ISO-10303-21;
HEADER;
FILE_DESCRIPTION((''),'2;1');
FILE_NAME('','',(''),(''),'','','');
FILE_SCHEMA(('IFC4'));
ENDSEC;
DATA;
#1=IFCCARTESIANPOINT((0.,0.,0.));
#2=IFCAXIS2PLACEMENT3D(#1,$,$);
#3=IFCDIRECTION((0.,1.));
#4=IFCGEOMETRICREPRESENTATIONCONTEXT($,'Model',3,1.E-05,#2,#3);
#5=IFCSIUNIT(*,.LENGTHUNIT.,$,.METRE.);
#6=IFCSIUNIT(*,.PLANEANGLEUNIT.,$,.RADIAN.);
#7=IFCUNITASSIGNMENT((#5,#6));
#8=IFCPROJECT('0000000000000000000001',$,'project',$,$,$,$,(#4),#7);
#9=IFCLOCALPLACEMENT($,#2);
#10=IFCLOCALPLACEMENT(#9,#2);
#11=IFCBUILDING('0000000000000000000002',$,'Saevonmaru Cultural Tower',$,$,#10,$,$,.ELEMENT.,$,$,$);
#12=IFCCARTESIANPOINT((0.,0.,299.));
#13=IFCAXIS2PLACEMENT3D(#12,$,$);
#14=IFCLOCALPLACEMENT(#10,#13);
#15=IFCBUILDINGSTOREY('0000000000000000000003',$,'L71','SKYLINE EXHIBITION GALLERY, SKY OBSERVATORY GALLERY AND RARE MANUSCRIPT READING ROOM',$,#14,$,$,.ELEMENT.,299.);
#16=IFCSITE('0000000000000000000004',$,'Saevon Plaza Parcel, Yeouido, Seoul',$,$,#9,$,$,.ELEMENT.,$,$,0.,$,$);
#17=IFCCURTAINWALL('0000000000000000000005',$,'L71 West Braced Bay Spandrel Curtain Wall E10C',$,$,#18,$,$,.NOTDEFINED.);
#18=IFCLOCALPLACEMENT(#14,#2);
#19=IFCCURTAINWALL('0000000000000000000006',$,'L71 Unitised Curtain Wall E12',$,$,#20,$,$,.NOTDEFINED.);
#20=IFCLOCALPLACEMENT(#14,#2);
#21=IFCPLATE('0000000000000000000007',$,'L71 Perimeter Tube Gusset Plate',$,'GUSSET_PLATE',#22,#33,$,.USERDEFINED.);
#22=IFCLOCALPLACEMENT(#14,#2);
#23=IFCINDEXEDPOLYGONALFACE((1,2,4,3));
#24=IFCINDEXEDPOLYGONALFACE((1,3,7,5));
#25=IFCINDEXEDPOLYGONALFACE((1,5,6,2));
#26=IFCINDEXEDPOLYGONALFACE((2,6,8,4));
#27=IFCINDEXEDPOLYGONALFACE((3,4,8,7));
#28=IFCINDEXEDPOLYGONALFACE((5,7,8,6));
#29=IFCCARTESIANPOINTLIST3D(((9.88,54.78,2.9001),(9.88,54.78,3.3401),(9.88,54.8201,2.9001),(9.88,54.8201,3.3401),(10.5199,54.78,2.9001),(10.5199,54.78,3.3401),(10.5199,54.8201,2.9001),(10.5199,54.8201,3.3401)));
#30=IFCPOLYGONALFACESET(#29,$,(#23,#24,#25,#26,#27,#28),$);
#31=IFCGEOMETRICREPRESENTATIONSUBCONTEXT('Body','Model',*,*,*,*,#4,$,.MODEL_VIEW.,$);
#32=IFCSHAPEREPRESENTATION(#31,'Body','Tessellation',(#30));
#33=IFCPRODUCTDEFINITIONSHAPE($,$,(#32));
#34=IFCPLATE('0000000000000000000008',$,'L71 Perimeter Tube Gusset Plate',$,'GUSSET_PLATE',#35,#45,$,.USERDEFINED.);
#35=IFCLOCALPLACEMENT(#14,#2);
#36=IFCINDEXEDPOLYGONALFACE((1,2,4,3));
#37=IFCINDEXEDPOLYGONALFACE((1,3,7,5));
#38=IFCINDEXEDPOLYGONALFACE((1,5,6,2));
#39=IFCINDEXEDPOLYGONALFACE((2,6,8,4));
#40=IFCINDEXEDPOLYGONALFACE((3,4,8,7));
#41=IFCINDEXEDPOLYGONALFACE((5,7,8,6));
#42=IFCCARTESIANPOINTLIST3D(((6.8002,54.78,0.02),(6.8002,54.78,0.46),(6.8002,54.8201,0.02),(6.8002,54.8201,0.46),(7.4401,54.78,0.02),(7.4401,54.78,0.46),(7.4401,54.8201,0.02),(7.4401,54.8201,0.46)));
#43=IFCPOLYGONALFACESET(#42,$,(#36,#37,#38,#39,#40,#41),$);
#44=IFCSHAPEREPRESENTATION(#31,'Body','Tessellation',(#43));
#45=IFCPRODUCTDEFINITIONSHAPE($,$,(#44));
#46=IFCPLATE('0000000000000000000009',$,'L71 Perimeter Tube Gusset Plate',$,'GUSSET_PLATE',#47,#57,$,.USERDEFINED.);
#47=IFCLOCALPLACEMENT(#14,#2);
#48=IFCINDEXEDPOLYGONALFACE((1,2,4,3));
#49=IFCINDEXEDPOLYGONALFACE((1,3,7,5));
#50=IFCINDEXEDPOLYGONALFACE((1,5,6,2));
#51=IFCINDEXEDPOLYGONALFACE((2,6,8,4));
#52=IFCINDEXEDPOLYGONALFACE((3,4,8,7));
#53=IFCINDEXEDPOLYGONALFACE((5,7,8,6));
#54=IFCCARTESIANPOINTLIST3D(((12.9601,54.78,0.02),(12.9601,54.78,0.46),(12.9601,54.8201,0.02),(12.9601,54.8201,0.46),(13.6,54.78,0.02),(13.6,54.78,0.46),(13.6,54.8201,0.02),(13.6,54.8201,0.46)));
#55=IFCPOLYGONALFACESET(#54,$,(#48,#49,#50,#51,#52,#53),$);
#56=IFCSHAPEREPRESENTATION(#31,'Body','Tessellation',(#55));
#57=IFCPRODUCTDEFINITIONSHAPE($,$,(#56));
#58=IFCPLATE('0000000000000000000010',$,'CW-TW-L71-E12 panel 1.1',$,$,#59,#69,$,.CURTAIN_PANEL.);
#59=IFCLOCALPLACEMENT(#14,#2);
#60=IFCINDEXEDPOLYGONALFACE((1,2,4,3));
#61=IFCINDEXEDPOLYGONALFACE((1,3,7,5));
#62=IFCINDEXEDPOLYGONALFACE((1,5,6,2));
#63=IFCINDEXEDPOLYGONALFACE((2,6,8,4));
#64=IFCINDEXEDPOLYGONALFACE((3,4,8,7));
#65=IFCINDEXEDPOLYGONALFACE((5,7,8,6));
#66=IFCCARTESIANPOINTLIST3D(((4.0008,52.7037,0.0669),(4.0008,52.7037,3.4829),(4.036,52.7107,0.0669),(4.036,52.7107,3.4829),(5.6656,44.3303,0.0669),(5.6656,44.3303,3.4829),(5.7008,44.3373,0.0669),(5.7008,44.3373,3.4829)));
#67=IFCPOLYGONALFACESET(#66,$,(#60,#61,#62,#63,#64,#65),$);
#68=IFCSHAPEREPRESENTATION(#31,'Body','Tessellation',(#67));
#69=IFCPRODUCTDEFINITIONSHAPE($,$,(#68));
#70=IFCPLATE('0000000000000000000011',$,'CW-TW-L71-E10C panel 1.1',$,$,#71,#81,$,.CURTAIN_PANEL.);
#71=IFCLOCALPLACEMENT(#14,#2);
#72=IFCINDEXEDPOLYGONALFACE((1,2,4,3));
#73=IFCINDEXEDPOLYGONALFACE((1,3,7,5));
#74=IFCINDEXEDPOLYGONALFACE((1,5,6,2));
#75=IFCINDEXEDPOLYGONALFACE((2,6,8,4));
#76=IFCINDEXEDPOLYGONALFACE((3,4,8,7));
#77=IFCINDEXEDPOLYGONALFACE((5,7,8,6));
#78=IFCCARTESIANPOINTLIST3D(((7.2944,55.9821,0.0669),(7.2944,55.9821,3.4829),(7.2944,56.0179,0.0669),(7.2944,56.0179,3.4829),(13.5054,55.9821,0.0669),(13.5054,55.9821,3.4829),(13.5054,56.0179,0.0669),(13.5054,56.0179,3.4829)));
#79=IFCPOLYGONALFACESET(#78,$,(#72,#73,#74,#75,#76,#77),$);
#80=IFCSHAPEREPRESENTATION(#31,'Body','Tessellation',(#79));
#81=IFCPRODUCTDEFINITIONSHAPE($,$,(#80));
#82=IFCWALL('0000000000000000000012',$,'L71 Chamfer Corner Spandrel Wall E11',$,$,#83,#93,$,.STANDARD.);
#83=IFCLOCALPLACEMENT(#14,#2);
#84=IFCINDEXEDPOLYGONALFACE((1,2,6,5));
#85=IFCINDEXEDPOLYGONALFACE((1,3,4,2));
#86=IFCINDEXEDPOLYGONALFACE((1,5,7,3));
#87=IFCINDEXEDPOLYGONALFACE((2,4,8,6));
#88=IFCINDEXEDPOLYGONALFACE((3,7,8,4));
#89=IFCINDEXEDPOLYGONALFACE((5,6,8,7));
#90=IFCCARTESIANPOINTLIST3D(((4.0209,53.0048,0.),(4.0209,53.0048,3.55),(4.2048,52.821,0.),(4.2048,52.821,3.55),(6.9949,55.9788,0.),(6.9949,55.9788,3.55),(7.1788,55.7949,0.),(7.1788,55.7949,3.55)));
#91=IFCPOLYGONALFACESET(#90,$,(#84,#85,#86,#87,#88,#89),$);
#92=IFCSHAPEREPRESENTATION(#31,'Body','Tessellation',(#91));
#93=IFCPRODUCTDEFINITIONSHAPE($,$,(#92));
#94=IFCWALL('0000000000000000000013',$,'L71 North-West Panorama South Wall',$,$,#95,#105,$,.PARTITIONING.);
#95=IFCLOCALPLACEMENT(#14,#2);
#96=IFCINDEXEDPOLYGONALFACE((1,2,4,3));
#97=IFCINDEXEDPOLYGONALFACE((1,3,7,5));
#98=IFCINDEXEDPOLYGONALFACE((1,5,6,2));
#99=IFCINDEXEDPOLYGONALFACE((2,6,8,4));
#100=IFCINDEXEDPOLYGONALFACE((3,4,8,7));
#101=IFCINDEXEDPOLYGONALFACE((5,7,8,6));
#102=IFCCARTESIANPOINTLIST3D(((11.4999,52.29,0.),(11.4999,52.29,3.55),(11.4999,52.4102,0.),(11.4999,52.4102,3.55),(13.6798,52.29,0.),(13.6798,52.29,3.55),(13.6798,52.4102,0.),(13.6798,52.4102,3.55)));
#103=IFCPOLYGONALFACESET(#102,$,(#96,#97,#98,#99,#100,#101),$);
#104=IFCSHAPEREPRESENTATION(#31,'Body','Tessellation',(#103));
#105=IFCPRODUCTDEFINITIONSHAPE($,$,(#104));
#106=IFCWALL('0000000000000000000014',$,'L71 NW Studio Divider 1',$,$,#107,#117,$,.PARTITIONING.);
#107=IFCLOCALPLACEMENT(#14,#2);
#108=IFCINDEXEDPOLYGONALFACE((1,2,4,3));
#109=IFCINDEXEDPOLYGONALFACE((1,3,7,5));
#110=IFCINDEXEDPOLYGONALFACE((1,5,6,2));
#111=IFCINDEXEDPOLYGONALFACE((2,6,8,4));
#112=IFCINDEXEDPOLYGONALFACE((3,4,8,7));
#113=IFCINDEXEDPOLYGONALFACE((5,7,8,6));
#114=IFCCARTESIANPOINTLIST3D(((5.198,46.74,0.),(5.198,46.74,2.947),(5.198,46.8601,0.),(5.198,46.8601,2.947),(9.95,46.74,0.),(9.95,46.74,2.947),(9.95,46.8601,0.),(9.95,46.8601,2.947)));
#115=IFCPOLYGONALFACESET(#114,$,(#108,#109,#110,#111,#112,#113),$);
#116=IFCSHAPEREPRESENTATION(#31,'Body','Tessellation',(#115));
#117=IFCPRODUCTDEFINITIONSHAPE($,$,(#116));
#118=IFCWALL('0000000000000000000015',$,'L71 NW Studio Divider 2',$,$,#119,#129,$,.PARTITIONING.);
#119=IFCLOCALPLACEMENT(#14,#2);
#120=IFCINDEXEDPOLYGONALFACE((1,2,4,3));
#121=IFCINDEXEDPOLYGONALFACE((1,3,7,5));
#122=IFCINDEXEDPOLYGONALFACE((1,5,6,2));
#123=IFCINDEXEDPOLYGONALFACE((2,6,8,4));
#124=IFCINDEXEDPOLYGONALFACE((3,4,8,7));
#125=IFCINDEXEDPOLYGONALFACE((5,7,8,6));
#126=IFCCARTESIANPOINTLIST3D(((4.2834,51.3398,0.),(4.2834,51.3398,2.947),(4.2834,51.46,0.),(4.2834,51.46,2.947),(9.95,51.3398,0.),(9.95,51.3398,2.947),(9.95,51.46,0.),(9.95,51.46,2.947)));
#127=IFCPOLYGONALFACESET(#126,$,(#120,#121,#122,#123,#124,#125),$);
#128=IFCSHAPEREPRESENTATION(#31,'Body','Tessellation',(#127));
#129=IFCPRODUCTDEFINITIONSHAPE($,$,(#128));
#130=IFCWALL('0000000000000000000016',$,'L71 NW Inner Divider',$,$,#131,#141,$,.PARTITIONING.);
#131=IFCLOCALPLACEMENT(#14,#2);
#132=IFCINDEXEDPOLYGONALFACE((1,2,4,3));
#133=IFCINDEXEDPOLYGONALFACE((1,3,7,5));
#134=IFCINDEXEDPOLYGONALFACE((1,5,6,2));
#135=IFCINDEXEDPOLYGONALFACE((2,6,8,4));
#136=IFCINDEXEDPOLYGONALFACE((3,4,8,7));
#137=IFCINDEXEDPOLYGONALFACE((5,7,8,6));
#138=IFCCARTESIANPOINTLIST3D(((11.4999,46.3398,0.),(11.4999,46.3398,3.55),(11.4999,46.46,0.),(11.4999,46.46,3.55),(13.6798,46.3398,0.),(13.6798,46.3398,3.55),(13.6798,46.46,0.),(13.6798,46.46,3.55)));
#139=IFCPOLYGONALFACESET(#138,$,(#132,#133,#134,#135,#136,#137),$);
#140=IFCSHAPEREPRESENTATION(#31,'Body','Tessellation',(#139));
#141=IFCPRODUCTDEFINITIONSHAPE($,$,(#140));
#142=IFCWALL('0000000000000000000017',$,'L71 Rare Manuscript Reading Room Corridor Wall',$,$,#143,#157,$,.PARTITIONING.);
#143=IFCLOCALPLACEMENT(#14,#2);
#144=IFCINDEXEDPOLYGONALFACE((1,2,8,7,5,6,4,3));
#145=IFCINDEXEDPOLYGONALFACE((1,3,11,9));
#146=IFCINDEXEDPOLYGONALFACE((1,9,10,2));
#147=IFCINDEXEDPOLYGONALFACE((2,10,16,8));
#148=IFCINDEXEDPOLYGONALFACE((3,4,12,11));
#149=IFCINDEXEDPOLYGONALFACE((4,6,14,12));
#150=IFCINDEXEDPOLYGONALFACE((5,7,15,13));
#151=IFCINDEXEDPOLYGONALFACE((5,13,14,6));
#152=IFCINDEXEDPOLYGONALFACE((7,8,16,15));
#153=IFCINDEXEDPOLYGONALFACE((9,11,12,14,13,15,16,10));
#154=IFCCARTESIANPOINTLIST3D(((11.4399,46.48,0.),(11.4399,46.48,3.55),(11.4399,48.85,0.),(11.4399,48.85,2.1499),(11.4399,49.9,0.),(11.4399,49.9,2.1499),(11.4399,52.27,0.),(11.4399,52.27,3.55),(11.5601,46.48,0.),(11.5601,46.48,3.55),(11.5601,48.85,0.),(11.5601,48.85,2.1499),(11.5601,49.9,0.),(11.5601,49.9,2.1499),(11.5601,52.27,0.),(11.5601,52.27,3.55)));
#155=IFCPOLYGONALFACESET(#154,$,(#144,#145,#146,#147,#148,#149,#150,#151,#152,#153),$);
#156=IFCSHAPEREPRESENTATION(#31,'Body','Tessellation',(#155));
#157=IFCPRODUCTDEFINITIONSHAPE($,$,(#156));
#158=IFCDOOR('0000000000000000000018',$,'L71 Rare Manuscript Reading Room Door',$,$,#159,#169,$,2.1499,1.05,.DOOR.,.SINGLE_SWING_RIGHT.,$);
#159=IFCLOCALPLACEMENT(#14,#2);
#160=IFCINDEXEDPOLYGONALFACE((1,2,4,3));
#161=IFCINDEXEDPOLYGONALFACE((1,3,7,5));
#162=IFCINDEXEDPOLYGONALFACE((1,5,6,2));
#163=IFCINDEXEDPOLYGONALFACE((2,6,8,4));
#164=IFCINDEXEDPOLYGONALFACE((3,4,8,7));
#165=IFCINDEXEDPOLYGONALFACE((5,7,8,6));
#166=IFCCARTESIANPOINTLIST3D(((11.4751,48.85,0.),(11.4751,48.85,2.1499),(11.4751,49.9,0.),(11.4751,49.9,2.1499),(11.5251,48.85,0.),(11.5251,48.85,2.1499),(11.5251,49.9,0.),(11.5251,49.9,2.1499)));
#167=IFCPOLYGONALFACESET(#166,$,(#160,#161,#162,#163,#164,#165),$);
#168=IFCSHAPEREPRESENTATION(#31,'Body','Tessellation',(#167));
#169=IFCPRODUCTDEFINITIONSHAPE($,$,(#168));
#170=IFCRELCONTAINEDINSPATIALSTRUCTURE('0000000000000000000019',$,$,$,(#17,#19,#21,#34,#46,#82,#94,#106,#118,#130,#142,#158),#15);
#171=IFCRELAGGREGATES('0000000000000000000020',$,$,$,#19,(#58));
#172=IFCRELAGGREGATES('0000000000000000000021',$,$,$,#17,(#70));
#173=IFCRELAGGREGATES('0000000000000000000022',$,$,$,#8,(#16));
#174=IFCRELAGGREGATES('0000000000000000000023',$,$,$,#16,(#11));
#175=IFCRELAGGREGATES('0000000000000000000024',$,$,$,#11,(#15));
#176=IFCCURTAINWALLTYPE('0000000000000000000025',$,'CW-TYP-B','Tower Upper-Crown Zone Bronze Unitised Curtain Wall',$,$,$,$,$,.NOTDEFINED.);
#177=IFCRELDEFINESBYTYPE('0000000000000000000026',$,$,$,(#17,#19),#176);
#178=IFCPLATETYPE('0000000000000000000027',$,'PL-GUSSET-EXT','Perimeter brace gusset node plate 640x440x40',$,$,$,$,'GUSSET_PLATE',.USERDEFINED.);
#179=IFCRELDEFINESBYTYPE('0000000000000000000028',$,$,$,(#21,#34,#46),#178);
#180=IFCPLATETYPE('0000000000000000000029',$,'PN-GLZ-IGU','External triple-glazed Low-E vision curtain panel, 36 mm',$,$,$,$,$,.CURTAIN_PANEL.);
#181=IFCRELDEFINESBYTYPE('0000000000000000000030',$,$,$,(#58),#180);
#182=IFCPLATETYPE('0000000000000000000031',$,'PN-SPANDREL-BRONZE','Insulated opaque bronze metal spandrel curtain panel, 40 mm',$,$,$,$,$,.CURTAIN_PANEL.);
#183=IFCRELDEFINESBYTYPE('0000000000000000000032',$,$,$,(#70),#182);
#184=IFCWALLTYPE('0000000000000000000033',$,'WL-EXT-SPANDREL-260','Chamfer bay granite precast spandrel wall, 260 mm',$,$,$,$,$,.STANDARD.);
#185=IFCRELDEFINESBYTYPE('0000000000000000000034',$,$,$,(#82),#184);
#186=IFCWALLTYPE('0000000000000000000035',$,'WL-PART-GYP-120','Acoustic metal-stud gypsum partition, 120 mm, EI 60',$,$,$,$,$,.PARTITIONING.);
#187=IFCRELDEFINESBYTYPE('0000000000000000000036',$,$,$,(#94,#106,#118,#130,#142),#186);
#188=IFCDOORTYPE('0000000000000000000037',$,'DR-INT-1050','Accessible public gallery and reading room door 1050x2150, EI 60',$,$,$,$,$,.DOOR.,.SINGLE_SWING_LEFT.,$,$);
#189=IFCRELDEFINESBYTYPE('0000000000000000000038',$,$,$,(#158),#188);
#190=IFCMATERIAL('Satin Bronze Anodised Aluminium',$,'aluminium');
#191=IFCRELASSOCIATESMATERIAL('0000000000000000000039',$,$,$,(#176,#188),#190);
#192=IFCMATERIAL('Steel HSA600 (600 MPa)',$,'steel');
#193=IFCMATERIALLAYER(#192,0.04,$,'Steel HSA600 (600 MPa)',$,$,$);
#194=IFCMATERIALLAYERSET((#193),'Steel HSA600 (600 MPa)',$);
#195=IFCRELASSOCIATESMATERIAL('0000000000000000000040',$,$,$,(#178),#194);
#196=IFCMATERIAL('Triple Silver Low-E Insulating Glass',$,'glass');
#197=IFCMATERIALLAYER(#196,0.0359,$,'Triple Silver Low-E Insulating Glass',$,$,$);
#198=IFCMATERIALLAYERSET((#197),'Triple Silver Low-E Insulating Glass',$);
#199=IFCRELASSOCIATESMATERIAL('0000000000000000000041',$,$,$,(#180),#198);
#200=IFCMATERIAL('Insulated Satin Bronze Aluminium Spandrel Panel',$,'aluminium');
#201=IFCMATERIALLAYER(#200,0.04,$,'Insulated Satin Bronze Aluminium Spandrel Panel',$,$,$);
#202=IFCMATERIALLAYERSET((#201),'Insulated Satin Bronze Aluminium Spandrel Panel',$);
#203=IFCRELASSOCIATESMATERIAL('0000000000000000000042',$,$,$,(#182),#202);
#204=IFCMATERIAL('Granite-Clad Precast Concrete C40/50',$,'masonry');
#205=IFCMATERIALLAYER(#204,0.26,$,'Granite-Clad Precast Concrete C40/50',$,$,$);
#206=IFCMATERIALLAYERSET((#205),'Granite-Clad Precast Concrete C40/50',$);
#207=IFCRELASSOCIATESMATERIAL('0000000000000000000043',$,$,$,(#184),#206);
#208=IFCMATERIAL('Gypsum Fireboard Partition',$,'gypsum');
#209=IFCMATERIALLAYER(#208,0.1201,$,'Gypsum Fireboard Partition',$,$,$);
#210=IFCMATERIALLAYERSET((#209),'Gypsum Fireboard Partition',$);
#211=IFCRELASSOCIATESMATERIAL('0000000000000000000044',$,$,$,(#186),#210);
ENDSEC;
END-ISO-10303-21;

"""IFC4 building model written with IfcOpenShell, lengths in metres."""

from ifc_helpers import new_model, si_unit, direction, frame, frame_2d, origin, origin_2d, place, context, subcontext, project, spatial, rectangle, extrude, material, layer, layer_set, type_object, element, fill, aggregate, save


model = new_model("IFC4")

# Units and contexts
model_context = context("Model", 3, precision=1e-05, world=origin(), true_north=direction((0.0, 1.0)))
body_context = subcontext(model_context, "Body", "Model", "MODEL_VIEW")
ifc_project = project(units=[si_unit("LENGTHUNIT", "METRE"), si_unit("PLANEANGLEUNIT", "RADIAN")], contexts=[model_context])

# Site, building, storey
site_placement = place(None, origin())
site = spatial("IfcSite", under=ifc_project, at=site_placement, Name="Saevon Plaza Parcel, Yeouido, Seoul", CompositionType="ELEMENT", RefElevation=0.0)
building_placement = place(site_placement, origin())
building = spatial("IfcBuilding", under=site, at=building_placement, Name="Saevonmaru Cultural Tower", CompositionType="ELEMENT")
storey_placement = place(building_placement, frame((0.0, 0.0, 299.0)))
storey = spatial("IfcBuildingStorey", under=building, at=storey_placement, Name="L71", Description="SKYLINE EXHIBITION GALLERY, SKY OBSERVATORY GALLERY AND RARE MANUSCRIPT READING ROOM", CompositionType="ELEMENT", Elevation=299.0)

# Curtain wall
ifc_material_1 = material(Name="Satin Bronze Anodised Aluminium", Category="aluminium")
curtain_wall_type = type_object("IfcCurtainWallType", Name="CW-TYP-B", Description="Tower Upper-Crown Zone Bronze Unitised Curtain Wall", PredefinedType="NOTDEFINED", material=ifc_material_1)
curtain_wall_1_placement = place(storey_placement, origin())
curtain_wall_1 = element("IfcCurtainWall", 1, at=curtain_wall_1_placement, inside=storey, type_object=curtain_wall_type, Name="L71 West Braced Bay Spandrel Curtain Wall E10C", PredefinedType="NOTDEFINED")

# Curtain wall
curtain_wall_2_placement = place(storey_placement, origin())
curtain_wall_2 = element("IfcCurtainWall", 2, at=curtain_wall_2_placement, inside=storey, type_object=curtain_wall_type, Name="L71 Unitised Curtain Wall E12", PredefinedType="NOTDEFINED")

# Plates
ifc_material_2 = material(Name="Steel HSA600 (600 MPa)", Category="steel")
ifc_layer_1 = layer(ifc_material_2, 0.04, Name="Steel HSA600 (600 MPa)")
ifc_layer_set_1 = layer_set([ifc_layer_1], Name="Steel HSA600 (600 MPa)")
plate_type_1 = type_object("IfcPlateType", Name="PL-GUSSET-EXT", Description="Perimeter brace gusset node plate 640x440x40", ElementType="GUSSET_PLATE", PredefinedType="USERDEFINED", material=ifc_layer_set_1)
for number, where, z_axis, x_axis, name in (
    (3, (10.2, 54.8, 2.9001), (0.0, 0.0, 1.0), (1.0, 0.0, 0.0), "L71 Perimeter Tube Gusset Plate"),
    (4, (7.1201, 54.8, 0.02), (0.0, 0.0, 1.0), (1.0, 0.0, 0.0), "L71 Perimeter Tube Gusset Plate"),
    (5, (13.28, 54.8, 0.02), (0.0, 0.0, 1.0), (1.0, 0.0, 0.0), "L71 Perimeter Tube Gusset Plate"),
):
    element("IfcPlate", number, at=place(storey_placement, frame(where, z_axis=z_axis, x_axis=x_axis)), inside=storey, type_object=plate_type_1, Name=name, ObjectType="GUSSET_PLATE", PredefinedType="USERDEFINED", context=body_context, shape_type="SweptSolid", body=[
        extrude(rectangle(XDim=0.6399, YDim=0.04, at=origin_2d()), origin(), (0.0, 0.0, 1.0), 0.4399),
    ])

# Plates
ifc_material_3 = material(Name="Triple Silver Low-E Insulating Glass", Category="glass")
ifc_layer_2 = layer(ifc_material_3, 0.0359, Name="Triple Silver Low-E Insulating Glass")
ifc_layer_set_2 = layer_set([ifc_layer_2], Name="Triple Silver Low-E Insulating Glass")
plate_type_2 = type_object("IfcPlateType", Name="PN-GLZ-IGU", Description="External triple-glazed Low-E vision curtain panel, 36 mm", PredefinedType="CURTAIN_PANEL", material=ifc_layer_set_2)
plate_1_placement = place(storey_placement, frame((4.8508, 48.5205, 0.0669), z_axis=(0.0, 0.0, 1.0), x_axis=(0.195005, -0.980802, 0.0)))
plate_1 = element("IfcPlate", 6, at=plate_1_placement, type_object=plate_type_2, Name="CW-TW-L71-E12 panel 1.1", PredefinedType="CURTAIN_PANEL", context=body_context, shape_type="SweptSolid", body=[
    extrude(rectangle(XDim=8.5374, YDim=0.0359, at=origin_2d()), origin(), (0.0, 0.0, 1.0), 3.416),
])
aggregate(curtain_wall_2, [plate_1])
ifc_material_4 = material(Name="Insulated Satin Bronze Aluminium Spandrel Panel", Category="aluminium")
ifc_layer_3 = layer(ifc_material_4, 0.04, Name="Insulated Satin Bronze Aluminium Spandrel Panel")
ifc_layer_set_3 = layer_set([ifc_layer_3], Name="Insulated Satin Bronze Aluminium Spandrel Panel")
plate_type_3 = type_object("IfcPlateType", Name="PN-SPANDREL-BRONZE", Description="Insulated opaque bronze metal spandrel curtain panel, 40 mm", PredefinedType="CURTAIN_PANEL", material=ifc_layer_set_3)
plate_2_placement = place(storey_placement, frame((10.3999, 56.0, 0.0669), z_axis=(0.0, 0.0, 1.0), x_axis=(-1.0, 0.0, 0.0)))
plate_2 = element("IfcPlate", 7, at=plate_2_placement, type_object=plate_type_3, Name="CW-TW-L71-E10C panel 1.1", PredefinedType="CURTAIN_PANEL", context=body_context, shape_type="SweptSolid", body=[
    extrude(rectangle(XDim=6.2109, YDim=0.0359, at=origin_2d()), origin(), (0.0, 0.0, 1.0), 3.416),
])
aggregate(curtain_wall_1, [plate_2])

# Wall
ifc_material_5 = material(Name="Granite-Clad Precast Concrete C40/50", Category="masonry")
ifc_layer_4 = layer(ifc_material_5, 0.26, Name="Granite-Clad Precast Concrete C40/50")
ifc_layer_set_4 = layer_set([ifc_layer_4], Name="Granite-Clad Precast Concrete C40/50")
wall_type_1 = type_object("IfcWallType", Name="WL-EXT-SPANDREL-260", Description="Chamfer bay granite precast spandrel wall, 260 mm", PredefinedType="STANDARD", material=ifc_layer_set_4)
wall_1_placement = place(storey_placement, frame((7.0869, 55.887, 0.0), z_axis=(0.0, 0.0, 1.0), x_axis=(-0.707107, -0.707107, 0.0)))
element("IfcWall", 8, at=wall_1_placement, inside=storey, type_object=wall_type_1, Name="L71 Chamfer Corner Spandrel Wall E11", PredefinedType="STANDARD", context=body_context, shape_type="SweptSolid", body=[
    extrude(rectangle(XDim=4.2058, YDim=0.26, at=frame_2d((2.103, 0.0))), origin(), (0.0, 0.0, 1.0), 3.55),
])

# Shared definitions
ifc_material_6 = material(Name="Gypsum Fireboard Partition", Category="gypsum")
door_type = type_object("IfcDoorType", Name="DR-INT-1050", Description="Accessible public gallery and reading room door 1050x2150, EI 60", OperationType="SINGLE_SWING_LEFT", PredefinedType="DOOR", material=ifc_material_1)

# Wall
ifc_layer_5 = layer(ifc_material_6, 0.1201, Name="Gypsum Fireboard Partition")
ifc_layer_set_5 = layer_set([ifc_layer_5], Name="Gypsum Fireboard Partition")
wall_type_2 = type_object("IfcWallType", Name="WL-PART-GYP-120", Description="Acoustic metal-stud gypsum partition, 120 mm, EI 60", PredefinedType="PARTITIONING", material=ifc_layer_set_5)
wall_2_placement = place(storey_placement, frame((11.5, 52.3501, 0.0), z_axis=(0.0, 0.0, 1.0), x_axis=(1.0, 0.0, 0.0)))
element("IfcWall", 9, at=wall_2_placement, inside=storey, type_object=wall_type_2, Name="L71 North-West Panorama South Wall", PredefinedType="PARTITIONING", context=body_context, shape_type="SweptSolid", body=[
    extrude(rectangle(XDim=2.1799, YDim=0.1201, at=frame_2d((1.0898, 0.0))), origin(), (0.0, 0.0, 1.0), 3.55),
])

# Walls
wall_3_placement = place(storey_placement, frame((5.198, 46.8, 0.0), z_axis=(0.0, 0.0, 1.0), x_axis=(1.0, 0.0, 0.0)))
element("IfcWall", 10, at=wall_3_placement, inside=storey, type_object=wall_type_2, Name="L71 NW Studio Divider 1", PredefinedType="PARTITIONING", context=body_context, shape_type="SweptSolid", body=[
    extrude(rectangle(XDim=4.752, YDim=0.1201, at=frame_2d((2.376, 0.0))), origin(), (0.0, 0.0, 1.0), 2.947),
])
wall_4_placement = place(storey_placement, frame((4.2834, 51.3999, 0.0), z_axis=(0.0, 0.0, 1.0), x_axis=(1.0, 0.0, 0.0)))
element("IfcWall", 11, at=wall_4_placement, inside=storey, type_object=wall_type_2, Name="L71 NW Studio Divider 2", PredefinedType="PARTITIONING", context=body_context, shape_type="SweptSolid", body=[
    extrude(rectangle(XDim=5.6665, YDim=0.1201, at=frame_2d((2.8333, 0.0))), origin(), (0.0, 0.0, 1.0), 2.947),
])

# Wall
wall_5_placement = place(storey_placement, frame((11.5, 46.3999, 0.0), z_axis=(0.0, 0.0, 1.0), x_axis=(1.0, 0.0, 0.0)))
element("IfcWall", 12, at=wall_5_placement, inside=storey, type_object=wall_type_2, Name="L71 NW Inner Divider", PredefinedType="PARTITIONING", context=body_context, shape_type="SweptSolid", body=[
    extrude(rectangle(XDim=2.1799, YDim=0.1201, at=frame_2d((1.0898, 0.0))), origin(), (0.0, 0.0, 1.0), 3.55),
])

# Wall, opening, door
wall_6_placement = place(storey_placement, frame((11.5, 46.48, 0.0), z_axis=(0.0, 0.0, 1.0), x_axis=(0.0, 1.0, 0.0)))
wall_6 = element("IfcWall", 13, at=wall_6_placement, inside=storey, type_object=wall_type_2, Name="L71 Rare Manuscript Reading Room Corridor Wall", PredefinedType="PARTITIONING", context=body_context, shape_type="SweptSolid", body=[
    extrude(rectangle(XDim=5.79, YDim=0.1201, at=frame_2d((2.895, 0.0))), origin(), (0.0, 0.0, 1.0), 3.55),
])
opening_1_placement = place(wall_6_placement, frame((2.3701, 0.0, 0.0)))
opening_1 = element("IfcOpeningElement", 14, at=opening_1_placement, cuts=wall_6, PredefinedType="OPENING", context=body_context, shape_type="SweptSolid", body=[
    extrude(rectangle(XDim=1.05, YDim=2.1499, at=frame_2d((0.5249, 1.075))), frame((0.0, 0.0701, 0.0), z_axis=(0.0, -1.0, 0.0), x_axis=(1.0, 0.0, 0.0)), (0.0, 0.0, 1.0), 0.1401),
])
door_1_placement = place(opening_1_placement, origin())
door_1 = element("IfcDoor", 15, at=door_1_placement, inside=storey, type_object=door_type, Name="L71 Rare Manuscript Reading Room Door", OperationType="SINGLE_SWING_RIGHT", OverallHeight=2.1499, OverallWidth=1.05, PredefinedType="DOOR", context=body_context, shape_type="SweptSolid", body=[
    extrude(rectangle(XDim=1.05, YDim=2.1499, at=frame_2d((0.5249, 1.075))), frame((0.0, 0.0249, 0.0), z_axis=(0.0, -1.0, 0.0), x_axis=(1.0, 0.0, 0.0)), (0.0, 0.0, 1.0), 0.05),
])
fill(opening_1, door_1)

save(model, "model.ifc")
